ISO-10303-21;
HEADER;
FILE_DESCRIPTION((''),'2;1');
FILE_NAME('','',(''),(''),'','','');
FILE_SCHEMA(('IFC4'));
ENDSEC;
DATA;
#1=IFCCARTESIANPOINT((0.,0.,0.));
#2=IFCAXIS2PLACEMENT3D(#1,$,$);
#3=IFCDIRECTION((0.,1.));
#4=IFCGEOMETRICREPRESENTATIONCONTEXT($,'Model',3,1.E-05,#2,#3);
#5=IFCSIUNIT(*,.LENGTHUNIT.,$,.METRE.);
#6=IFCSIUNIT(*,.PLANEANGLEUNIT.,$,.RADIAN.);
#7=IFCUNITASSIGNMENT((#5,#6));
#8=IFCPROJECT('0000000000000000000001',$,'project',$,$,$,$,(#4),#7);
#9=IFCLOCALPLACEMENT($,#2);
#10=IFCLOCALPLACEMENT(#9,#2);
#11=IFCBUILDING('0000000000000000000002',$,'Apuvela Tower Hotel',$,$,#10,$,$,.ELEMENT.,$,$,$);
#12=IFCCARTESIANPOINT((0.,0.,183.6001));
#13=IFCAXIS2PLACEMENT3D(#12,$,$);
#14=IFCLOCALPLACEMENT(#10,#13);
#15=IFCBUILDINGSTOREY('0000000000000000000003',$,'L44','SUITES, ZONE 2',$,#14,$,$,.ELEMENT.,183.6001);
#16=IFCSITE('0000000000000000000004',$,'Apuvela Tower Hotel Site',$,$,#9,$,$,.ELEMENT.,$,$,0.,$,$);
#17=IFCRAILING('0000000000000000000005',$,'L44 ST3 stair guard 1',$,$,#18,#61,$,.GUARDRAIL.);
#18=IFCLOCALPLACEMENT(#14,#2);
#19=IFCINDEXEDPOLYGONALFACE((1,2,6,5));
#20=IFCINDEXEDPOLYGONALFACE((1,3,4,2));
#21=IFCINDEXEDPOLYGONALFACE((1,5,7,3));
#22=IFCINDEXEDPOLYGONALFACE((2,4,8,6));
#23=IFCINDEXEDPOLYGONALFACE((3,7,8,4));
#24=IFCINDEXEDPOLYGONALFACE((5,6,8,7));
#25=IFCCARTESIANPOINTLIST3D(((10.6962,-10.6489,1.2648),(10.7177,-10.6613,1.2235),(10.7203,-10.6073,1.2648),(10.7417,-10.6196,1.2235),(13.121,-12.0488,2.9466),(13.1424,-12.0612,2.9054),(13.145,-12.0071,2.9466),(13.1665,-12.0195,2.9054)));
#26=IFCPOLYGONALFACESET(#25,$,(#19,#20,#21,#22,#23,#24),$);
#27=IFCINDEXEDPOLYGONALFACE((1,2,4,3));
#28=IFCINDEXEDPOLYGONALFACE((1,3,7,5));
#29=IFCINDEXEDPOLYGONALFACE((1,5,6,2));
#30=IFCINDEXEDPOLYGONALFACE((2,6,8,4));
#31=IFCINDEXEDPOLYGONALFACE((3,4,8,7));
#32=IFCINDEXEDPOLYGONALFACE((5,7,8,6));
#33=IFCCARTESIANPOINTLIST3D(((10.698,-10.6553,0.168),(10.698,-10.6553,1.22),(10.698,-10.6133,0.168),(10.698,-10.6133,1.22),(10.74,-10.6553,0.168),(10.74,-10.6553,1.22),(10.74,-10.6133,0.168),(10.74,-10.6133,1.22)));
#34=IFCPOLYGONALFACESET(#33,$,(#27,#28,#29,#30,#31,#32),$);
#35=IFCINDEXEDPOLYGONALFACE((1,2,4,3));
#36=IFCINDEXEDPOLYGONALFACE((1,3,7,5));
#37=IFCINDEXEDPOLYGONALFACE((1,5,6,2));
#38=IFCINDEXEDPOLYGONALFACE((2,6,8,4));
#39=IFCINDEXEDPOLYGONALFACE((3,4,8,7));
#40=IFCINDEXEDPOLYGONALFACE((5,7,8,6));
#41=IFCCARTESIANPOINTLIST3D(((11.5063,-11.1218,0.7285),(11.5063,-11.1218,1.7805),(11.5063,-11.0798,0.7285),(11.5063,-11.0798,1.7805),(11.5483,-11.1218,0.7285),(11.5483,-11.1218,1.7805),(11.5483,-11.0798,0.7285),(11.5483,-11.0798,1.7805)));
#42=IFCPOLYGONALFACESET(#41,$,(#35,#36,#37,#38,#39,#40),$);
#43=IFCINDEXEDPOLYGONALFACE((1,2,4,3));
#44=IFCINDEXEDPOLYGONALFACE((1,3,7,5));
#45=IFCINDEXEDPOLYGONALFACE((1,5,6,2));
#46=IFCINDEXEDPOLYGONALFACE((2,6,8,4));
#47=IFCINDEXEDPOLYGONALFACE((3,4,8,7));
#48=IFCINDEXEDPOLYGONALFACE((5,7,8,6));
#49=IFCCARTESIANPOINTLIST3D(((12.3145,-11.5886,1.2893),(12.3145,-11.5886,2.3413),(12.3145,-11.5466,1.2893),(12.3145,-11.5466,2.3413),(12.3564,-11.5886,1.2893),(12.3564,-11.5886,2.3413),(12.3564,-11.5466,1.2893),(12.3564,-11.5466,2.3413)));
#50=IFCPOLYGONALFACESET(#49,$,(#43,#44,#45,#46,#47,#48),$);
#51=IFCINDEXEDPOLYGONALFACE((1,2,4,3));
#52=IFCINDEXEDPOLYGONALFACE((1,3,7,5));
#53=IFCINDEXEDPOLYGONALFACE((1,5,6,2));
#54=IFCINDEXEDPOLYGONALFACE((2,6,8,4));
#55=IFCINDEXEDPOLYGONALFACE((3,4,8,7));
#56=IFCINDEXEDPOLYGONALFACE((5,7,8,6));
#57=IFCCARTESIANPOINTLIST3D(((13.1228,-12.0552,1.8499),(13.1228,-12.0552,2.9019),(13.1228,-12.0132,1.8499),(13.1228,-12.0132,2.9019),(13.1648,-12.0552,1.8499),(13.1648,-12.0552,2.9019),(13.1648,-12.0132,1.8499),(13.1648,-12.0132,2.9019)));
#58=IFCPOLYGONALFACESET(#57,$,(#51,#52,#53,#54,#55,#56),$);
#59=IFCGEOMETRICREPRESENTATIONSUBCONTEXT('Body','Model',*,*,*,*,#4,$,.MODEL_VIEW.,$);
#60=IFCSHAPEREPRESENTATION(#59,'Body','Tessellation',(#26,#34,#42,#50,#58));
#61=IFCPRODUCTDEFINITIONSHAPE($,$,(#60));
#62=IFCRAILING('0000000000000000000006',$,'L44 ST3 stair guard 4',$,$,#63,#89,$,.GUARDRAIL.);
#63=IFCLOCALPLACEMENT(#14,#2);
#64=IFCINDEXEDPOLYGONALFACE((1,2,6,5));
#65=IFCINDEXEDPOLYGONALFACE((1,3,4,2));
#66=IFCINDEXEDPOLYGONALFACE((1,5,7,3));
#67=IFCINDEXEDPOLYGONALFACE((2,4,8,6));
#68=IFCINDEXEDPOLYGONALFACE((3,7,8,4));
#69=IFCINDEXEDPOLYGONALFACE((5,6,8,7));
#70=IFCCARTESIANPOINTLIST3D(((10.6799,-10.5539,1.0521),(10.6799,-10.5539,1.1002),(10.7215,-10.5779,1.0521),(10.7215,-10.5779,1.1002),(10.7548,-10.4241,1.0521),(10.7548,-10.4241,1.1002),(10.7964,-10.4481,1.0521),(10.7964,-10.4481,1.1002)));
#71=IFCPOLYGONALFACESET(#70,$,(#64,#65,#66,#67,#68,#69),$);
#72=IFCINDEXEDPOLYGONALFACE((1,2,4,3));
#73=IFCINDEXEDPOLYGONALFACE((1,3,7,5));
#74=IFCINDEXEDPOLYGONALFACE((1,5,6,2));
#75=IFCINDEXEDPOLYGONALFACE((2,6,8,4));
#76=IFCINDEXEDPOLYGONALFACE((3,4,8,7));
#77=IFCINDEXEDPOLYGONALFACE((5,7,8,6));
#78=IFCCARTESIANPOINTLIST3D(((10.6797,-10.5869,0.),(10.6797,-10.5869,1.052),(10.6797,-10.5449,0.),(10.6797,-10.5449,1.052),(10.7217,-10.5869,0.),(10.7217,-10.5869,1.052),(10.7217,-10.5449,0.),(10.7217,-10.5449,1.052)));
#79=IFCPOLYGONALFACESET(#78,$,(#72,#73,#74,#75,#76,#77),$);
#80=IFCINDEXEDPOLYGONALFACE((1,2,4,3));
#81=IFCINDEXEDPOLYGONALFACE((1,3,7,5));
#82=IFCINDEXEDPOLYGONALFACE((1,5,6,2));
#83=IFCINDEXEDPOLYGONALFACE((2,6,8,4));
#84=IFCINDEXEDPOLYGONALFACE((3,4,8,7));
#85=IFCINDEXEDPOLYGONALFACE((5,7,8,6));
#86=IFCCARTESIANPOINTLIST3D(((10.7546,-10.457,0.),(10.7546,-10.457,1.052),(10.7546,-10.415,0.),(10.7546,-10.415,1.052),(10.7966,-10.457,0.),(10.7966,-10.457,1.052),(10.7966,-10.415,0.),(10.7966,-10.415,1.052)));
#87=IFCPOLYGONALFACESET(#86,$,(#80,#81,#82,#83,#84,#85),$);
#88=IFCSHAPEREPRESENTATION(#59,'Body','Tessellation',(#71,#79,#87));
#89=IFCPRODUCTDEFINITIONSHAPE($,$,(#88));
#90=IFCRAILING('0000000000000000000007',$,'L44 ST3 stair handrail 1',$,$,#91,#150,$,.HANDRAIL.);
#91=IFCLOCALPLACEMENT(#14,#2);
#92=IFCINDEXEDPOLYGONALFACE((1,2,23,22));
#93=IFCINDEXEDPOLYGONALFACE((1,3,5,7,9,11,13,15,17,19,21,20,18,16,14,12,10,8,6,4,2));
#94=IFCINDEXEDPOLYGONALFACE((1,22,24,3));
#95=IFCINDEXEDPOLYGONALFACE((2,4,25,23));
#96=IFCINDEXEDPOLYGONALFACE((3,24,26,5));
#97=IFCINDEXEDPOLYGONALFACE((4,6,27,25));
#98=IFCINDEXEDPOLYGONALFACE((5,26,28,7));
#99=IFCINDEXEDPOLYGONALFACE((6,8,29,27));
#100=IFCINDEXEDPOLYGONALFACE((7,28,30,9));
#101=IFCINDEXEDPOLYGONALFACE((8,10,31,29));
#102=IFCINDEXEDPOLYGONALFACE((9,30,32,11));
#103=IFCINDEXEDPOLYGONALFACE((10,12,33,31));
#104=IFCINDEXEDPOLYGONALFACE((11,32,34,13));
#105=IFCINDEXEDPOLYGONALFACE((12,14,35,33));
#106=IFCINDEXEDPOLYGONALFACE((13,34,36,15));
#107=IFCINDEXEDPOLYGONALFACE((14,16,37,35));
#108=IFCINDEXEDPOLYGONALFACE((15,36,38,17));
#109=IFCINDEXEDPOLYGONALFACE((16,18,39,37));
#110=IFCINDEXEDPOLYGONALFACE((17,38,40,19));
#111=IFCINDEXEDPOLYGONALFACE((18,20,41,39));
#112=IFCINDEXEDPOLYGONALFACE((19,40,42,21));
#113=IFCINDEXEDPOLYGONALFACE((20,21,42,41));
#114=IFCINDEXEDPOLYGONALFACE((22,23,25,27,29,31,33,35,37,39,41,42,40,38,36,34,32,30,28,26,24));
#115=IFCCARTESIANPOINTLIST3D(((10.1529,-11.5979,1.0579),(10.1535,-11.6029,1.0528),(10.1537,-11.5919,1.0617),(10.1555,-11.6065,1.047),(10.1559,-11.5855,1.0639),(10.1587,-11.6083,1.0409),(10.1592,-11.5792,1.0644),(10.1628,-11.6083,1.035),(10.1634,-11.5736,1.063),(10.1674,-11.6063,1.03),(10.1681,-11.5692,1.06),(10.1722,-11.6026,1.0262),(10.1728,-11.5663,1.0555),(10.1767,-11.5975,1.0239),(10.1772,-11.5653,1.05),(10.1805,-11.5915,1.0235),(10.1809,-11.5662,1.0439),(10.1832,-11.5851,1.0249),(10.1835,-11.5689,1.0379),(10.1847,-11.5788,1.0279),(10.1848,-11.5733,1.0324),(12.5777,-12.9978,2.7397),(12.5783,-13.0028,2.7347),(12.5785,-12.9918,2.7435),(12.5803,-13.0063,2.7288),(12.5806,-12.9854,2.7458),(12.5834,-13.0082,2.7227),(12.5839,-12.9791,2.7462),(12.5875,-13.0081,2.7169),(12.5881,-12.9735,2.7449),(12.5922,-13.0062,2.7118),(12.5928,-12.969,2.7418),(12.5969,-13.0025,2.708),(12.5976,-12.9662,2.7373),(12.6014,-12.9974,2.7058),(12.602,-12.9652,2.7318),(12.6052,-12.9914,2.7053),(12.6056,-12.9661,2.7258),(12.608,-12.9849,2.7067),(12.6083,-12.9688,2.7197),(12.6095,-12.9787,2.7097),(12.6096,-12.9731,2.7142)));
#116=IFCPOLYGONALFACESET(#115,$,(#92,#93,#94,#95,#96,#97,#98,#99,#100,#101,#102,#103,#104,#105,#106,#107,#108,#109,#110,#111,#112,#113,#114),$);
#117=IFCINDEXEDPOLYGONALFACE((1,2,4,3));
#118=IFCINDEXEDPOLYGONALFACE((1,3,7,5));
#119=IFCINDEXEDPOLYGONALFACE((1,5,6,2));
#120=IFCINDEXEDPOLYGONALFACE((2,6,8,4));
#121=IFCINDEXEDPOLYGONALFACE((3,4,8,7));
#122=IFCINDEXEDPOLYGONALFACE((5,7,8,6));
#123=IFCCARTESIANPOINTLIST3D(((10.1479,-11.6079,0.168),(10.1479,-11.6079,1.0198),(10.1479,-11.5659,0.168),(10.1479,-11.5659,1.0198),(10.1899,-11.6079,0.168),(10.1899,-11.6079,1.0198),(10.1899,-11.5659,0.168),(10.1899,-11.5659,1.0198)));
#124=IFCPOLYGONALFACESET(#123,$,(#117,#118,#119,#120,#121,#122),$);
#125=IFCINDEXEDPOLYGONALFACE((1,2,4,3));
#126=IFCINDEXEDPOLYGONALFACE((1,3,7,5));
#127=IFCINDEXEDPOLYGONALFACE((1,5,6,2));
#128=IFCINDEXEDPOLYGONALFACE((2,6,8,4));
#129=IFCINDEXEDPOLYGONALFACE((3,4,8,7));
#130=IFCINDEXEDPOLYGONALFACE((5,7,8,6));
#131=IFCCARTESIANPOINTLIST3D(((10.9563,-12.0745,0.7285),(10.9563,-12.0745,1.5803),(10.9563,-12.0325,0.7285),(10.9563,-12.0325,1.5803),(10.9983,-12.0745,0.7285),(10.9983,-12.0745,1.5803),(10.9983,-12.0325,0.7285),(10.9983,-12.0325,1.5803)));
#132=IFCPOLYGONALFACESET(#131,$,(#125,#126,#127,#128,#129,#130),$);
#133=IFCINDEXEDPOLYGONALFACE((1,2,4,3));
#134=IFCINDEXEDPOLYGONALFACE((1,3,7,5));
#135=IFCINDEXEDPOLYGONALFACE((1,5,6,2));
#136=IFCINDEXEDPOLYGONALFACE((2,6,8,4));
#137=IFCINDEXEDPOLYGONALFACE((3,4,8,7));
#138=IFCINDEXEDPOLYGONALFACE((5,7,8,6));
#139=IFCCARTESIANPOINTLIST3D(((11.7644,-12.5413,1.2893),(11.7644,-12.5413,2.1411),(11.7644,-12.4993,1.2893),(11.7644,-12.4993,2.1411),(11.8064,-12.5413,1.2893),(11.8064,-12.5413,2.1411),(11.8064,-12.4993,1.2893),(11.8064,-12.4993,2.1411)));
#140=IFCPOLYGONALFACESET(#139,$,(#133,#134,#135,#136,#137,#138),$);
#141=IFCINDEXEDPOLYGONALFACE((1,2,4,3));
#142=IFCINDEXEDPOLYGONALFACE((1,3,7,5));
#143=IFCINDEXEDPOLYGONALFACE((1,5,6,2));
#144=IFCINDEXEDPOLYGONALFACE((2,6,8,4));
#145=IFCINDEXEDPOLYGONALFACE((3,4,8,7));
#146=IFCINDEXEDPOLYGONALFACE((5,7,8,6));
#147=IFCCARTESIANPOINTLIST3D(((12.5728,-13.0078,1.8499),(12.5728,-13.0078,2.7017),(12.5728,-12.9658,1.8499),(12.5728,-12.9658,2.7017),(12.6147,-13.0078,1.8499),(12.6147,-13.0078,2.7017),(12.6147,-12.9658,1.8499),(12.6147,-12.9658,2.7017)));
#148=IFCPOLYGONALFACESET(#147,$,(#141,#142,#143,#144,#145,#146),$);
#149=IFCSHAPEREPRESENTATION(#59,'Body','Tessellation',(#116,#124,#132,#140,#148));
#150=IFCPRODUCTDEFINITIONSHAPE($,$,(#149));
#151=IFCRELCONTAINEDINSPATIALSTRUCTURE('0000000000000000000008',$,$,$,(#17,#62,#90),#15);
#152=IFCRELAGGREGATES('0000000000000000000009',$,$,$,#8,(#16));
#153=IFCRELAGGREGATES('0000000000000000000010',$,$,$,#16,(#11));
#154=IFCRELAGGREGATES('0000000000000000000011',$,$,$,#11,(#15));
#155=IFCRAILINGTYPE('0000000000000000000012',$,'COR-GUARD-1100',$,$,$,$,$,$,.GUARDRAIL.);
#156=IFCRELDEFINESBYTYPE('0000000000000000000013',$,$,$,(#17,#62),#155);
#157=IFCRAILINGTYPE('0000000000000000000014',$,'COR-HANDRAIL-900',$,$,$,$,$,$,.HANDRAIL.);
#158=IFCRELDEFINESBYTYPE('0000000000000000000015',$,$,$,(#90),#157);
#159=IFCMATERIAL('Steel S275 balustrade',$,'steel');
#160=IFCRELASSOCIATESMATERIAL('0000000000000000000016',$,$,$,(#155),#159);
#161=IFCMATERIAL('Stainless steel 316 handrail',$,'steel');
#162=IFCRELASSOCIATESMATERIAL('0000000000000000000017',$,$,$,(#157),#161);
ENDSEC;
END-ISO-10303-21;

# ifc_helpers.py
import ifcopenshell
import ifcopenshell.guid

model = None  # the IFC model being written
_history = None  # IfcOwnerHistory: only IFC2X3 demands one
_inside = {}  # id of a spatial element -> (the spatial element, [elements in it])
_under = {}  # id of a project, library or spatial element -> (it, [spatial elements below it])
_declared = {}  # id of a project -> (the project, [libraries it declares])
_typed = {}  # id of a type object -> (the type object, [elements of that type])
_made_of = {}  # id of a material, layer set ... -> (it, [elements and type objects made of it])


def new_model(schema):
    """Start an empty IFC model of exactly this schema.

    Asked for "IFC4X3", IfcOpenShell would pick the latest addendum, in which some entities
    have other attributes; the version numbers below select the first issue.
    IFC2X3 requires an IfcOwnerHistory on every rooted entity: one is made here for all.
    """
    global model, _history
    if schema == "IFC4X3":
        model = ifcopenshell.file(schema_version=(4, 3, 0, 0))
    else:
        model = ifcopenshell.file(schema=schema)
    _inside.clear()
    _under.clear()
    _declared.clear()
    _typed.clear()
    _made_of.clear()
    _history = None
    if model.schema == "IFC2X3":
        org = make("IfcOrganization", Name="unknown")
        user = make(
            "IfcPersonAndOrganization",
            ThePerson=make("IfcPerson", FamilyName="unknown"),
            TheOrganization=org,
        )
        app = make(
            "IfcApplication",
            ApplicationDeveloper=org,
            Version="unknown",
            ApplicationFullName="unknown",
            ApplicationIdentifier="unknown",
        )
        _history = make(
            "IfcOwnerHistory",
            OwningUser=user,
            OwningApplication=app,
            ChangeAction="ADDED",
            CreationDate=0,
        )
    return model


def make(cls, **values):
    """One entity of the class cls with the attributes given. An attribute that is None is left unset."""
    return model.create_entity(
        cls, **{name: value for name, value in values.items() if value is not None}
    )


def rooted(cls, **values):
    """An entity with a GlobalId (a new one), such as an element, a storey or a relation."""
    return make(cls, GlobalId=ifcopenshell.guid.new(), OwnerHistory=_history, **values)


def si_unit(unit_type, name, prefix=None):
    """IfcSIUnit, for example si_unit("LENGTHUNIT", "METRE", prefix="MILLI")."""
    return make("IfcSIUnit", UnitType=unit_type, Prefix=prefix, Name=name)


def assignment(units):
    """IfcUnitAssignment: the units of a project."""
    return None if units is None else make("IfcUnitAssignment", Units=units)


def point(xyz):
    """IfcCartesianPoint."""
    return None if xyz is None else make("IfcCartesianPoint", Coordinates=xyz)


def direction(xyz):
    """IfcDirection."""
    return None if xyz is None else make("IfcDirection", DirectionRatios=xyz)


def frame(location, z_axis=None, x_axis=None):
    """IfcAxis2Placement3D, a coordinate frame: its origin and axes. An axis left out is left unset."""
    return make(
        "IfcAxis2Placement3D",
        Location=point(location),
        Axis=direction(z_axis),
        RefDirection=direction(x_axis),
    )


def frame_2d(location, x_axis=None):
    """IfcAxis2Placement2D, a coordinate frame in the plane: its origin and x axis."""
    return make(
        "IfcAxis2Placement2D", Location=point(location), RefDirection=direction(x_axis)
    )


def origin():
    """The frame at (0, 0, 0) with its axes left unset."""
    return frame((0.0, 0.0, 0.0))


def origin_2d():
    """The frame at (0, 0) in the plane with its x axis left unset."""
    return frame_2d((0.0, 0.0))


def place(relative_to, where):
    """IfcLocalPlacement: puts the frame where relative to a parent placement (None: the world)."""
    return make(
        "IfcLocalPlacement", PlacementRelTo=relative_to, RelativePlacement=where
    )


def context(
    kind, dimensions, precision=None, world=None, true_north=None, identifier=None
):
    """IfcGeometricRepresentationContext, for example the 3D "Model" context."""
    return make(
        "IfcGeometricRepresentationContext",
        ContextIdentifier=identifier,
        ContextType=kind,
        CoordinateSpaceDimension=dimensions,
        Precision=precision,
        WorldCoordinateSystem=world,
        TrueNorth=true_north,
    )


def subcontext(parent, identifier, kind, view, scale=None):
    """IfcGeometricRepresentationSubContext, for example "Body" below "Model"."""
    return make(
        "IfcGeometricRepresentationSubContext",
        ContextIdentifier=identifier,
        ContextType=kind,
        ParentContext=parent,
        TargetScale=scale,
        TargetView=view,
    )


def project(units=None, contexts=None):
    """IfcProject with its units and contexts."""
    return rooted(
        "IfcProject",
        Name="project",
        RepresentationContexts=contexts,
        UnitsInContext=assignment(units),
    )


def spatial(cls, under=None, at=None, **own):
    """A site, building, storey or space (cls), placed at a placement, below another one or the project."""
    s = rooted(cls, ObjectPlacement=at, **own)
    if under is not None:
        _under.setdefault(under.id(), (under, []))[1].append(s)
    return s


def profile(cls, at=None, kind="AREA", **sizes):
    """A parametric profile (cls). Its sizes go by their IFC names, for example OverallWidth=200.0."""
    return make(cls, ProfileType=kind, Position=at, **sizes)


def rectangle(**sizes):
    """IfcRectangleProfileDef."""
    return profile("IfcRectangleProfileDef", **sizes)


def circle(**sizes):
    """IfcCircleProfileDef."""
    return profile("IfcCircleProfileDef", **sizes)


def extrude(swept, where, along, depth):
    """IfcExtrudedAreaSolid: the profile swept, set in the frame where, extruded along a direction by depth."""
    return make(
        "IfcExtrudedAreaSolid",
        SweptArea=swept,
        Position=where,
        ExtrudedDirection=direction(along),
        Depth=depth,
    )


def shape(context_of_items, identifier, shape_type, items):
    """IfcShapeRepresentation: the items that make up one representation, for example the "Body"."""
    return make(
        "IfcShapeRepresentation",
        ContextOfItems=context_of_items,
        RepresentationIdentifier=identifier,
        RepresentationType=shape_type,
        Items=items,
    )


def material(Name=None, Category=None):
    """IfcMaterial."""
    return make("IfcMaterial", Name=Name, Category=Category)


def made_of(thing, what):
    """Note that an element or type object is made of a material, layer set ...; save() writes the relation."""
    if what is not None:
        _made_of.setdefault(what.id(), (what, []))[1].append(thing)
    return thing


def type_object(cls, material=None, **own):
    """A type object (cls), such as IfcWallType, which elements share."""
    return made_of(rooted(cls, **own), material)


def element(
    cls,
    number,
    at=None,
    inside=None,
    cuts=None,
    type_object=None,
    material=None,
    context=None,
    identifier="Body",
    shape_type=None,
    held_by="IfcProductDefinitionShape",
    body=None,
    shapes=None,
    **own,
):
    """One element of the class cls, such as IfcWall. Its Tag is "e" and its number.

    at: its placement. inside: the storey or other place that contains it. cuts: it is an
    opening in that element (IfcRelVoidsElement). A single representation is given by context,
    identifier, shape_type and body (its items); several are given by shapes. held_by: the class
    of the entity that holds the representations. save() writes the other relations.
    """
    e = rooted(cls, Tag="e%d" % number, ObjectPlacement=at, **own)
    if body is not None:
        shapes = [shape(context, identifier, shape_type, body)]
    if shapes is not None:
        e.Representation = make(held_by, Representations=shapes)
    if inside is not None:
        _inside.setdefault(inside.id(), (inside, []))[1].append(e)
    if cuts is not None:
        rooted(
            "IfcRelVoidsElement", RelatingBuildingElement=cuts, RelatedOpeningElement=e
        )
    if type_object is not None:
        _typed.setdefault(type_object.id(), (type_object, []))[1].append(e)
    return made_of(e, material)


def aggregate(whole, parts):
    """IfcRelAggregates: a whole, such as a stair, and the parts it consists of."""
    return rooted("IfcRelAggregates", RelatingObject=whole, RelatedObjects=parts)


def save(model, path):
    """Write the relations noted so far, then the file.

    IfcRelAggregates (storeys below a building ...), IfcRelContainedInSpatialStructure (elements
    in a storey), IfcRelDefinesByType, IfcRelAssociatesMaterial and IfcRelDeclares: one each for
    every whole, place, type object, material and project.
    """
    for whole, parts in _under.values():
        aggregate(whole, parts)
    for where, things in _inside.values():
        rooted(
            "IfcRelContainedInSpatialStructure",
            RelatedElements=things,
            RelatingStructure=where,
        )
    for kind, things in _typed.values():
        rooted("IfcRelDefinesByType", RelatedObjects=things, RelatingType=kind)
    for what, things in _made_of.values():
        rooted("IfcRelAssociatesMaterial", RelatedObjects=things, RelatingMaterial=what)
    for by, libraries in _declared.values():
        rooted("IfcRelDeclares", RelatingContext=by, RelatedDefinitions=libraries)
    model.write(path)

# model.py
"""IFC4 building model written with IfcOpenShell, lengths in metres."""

from ifc_helpers import new_model, si_unit, direction, frame, origin, origin_2d, place, context, subcontext, project, spatial, rectangle, circle, extrude, material, type_object, element, save


model = new_model("IFC4")

# Units and contexts
model_context = context("Model", 3, precision=1e-05, world=origin(), true_north=direction((0.0, 1.0)))
body_context = subcontext(model_context, "Body", "Model", "MODEL_VIEW")
ifc_project = project(units=[si_unit("LENGTHUNIT", "METRE"), si_unit("PLANEANGLEUNIT", "RADIAN")], contexts=[model_context])

# Site, building, storey
site_placement = place(None, origin())
site = spatial("IfcSite", under=ifc_project, at=site_placement, Name="Apuvela Tower Hotel Site", CompositionType="ELEMENT", RefElevation=0.0)
building_placement = place(site_placement, origin())
building = spatial("IfcBuilding", under=site, at=building_placement, Name="Apuvela Tower Hotel", CompositionType="ELEMENT")
storey_placement = place(building_placement, frame((0.0, 0.0, 183.6001)))
storey = spatial("IfcBuildingStorey", under=building, at=storey_placement, Name="L44", Description="SUITES, ZONE 2", CompositionType="ELEMENT", Elevation=183.6001)

# Railings
ifc_material_1 = material(Name="Steel S275 balustrade", Category="steel")
railing_type_1 = type_object("IfcRailingType", Name="COR-GUARD-1100", PredefinedType="GUARDRAIL", material=ifc_material_1)
railing_1_placement = place(storey_placement, frame((10.719, -10.6343, 0.168)))
element("IfcRailing", 1, at=railing_1_placement, inside=storey, type_object=railing_type_1, Name="L44 ST3 stair guard 1", PredefinedType="GUARDRAIL", context=body_context, shape_type="SweptSolid", body=[
    extrude(rectangle(XDim=0.0481, YDim=0.0481, at=origin_2d()), frame((0.0, 0.0, 1.0762), z_axis=(0.74239, -0.428601, 0.514934), x_axis=(0.499984, 0.866035, 0.0)), (0.0, 0.0, 1.0), 3.2661),
    extrude(rectangle(XDim=0.042, YDim=0.042, at=origin_2d()), origin(), (0.0, 0.0, 1.0), 1.052),
    extrude(rectangle(XDim=0.042, YDim=0.042, at=origin_2d()), frame((0.8083, -0.4666, 0.5605)), (0.0, 0.0, 1.0), 1.052),
    extrude(rectangle(XDim=0.042, YDim=0.042, at=origin_2d()), frame((1.6165, -0.9333, 1.1213)), (0.0, 0.0, 1.0), 1.052),
    extrude(rectangle(XDim=0.042, YDim=0.042, at=origin_2d()), frame((2.4248, -1.3999, 1.6819)), (0.0, 0.0, 1.0), 1.052),
])
railing_2_placement = place(storey_placement, frame((10.7007, -10.5659, 0.0)))
element("IfcRailing", 2, at=railing_2_placement, inside=storey, type_object=railing_type_1, Name="L44 ST3 stair guard 4", PredefinedType="GUARDRAIL", context=body_context, shape_type="SweptSolid", body=[
    extrude(rectangle(XDim=0.0481, YDim=0.0481, at=origin_2d()), frame((0.0, 0.0, 1.0762), z_axis=(0.499816, 0.866131, 0.0), x_axis=(-0.866131, 0.499816, 0.0)), (0.0, 0.0, 1.0), 0.1499),
    extrude(rectangle(XDim=0.042, YDim=0.042, at=origin_2d()), origin(), (0.0, 0.0, 1.0), 1.052),
    extrude(rectangle(XDim=0.042, YDim=0.042, at=origin_2d()), frame((0.075, 0.1299, 0.0)), (0.0, 0.0, 1.0), 1.052),
])
ifc_material_2 = material(Name="Stainless steel 316 handrail", Category="steel")
railing_type_2 = type_object("IfcRailingType", Name="COR-HANDRAIL-900", PredefinedType="HANDRAIL", material=ifc_material_2)
railing_3_placement = place(storey_placement, frame((10.1689, -11.5869, 0.168)))
element("IfcRailing", 3, at=railing_3_placement, inside=storey, type_object=railing_type_2, Name="L44 ST3 stair handrail 1", PredefinedType="HANDRAIL", context=body_context, shape_type="SweptSolid", body=[
    extrude(circle(Radius=0.0239, at=origin_2d()), frame((0.0, 0.0, 0.876), z_axis=(0.74239, -0.428601, 0.514934), x_axis=(0.499984, 0.866035, 0.0)), (0.0, 0.0, 1.0), 3.2661),
    extrude(rectangle(XDim=0.042, YDim=0.042, at=origin_2d()), origin(), (0.0, 0.0, 1.0), 0.8518),
    extrude(rectangle(XDim=0.042, YDim=0.042, at=origin_2d()), frame((0.8083, -0.4666, 0.5605)), (0.0, 0.0, 1.0), 0.8518),
    extrude(rectangle(XDim=0.042, YDim=0.042, at=origin_2d()), frame((1.6165, -0.9333, 1.1213)), (0.0, 0.0, 1.0), 0.8518),
    extrude(rectangle(XDim=0.042, YDim=0.042, at=origin_2d()), frame((2.4248, -1.3999, 1.6819)), (0.0, 0.0, 1.0), 0.8518),
])

save(model, "model.ifc")
